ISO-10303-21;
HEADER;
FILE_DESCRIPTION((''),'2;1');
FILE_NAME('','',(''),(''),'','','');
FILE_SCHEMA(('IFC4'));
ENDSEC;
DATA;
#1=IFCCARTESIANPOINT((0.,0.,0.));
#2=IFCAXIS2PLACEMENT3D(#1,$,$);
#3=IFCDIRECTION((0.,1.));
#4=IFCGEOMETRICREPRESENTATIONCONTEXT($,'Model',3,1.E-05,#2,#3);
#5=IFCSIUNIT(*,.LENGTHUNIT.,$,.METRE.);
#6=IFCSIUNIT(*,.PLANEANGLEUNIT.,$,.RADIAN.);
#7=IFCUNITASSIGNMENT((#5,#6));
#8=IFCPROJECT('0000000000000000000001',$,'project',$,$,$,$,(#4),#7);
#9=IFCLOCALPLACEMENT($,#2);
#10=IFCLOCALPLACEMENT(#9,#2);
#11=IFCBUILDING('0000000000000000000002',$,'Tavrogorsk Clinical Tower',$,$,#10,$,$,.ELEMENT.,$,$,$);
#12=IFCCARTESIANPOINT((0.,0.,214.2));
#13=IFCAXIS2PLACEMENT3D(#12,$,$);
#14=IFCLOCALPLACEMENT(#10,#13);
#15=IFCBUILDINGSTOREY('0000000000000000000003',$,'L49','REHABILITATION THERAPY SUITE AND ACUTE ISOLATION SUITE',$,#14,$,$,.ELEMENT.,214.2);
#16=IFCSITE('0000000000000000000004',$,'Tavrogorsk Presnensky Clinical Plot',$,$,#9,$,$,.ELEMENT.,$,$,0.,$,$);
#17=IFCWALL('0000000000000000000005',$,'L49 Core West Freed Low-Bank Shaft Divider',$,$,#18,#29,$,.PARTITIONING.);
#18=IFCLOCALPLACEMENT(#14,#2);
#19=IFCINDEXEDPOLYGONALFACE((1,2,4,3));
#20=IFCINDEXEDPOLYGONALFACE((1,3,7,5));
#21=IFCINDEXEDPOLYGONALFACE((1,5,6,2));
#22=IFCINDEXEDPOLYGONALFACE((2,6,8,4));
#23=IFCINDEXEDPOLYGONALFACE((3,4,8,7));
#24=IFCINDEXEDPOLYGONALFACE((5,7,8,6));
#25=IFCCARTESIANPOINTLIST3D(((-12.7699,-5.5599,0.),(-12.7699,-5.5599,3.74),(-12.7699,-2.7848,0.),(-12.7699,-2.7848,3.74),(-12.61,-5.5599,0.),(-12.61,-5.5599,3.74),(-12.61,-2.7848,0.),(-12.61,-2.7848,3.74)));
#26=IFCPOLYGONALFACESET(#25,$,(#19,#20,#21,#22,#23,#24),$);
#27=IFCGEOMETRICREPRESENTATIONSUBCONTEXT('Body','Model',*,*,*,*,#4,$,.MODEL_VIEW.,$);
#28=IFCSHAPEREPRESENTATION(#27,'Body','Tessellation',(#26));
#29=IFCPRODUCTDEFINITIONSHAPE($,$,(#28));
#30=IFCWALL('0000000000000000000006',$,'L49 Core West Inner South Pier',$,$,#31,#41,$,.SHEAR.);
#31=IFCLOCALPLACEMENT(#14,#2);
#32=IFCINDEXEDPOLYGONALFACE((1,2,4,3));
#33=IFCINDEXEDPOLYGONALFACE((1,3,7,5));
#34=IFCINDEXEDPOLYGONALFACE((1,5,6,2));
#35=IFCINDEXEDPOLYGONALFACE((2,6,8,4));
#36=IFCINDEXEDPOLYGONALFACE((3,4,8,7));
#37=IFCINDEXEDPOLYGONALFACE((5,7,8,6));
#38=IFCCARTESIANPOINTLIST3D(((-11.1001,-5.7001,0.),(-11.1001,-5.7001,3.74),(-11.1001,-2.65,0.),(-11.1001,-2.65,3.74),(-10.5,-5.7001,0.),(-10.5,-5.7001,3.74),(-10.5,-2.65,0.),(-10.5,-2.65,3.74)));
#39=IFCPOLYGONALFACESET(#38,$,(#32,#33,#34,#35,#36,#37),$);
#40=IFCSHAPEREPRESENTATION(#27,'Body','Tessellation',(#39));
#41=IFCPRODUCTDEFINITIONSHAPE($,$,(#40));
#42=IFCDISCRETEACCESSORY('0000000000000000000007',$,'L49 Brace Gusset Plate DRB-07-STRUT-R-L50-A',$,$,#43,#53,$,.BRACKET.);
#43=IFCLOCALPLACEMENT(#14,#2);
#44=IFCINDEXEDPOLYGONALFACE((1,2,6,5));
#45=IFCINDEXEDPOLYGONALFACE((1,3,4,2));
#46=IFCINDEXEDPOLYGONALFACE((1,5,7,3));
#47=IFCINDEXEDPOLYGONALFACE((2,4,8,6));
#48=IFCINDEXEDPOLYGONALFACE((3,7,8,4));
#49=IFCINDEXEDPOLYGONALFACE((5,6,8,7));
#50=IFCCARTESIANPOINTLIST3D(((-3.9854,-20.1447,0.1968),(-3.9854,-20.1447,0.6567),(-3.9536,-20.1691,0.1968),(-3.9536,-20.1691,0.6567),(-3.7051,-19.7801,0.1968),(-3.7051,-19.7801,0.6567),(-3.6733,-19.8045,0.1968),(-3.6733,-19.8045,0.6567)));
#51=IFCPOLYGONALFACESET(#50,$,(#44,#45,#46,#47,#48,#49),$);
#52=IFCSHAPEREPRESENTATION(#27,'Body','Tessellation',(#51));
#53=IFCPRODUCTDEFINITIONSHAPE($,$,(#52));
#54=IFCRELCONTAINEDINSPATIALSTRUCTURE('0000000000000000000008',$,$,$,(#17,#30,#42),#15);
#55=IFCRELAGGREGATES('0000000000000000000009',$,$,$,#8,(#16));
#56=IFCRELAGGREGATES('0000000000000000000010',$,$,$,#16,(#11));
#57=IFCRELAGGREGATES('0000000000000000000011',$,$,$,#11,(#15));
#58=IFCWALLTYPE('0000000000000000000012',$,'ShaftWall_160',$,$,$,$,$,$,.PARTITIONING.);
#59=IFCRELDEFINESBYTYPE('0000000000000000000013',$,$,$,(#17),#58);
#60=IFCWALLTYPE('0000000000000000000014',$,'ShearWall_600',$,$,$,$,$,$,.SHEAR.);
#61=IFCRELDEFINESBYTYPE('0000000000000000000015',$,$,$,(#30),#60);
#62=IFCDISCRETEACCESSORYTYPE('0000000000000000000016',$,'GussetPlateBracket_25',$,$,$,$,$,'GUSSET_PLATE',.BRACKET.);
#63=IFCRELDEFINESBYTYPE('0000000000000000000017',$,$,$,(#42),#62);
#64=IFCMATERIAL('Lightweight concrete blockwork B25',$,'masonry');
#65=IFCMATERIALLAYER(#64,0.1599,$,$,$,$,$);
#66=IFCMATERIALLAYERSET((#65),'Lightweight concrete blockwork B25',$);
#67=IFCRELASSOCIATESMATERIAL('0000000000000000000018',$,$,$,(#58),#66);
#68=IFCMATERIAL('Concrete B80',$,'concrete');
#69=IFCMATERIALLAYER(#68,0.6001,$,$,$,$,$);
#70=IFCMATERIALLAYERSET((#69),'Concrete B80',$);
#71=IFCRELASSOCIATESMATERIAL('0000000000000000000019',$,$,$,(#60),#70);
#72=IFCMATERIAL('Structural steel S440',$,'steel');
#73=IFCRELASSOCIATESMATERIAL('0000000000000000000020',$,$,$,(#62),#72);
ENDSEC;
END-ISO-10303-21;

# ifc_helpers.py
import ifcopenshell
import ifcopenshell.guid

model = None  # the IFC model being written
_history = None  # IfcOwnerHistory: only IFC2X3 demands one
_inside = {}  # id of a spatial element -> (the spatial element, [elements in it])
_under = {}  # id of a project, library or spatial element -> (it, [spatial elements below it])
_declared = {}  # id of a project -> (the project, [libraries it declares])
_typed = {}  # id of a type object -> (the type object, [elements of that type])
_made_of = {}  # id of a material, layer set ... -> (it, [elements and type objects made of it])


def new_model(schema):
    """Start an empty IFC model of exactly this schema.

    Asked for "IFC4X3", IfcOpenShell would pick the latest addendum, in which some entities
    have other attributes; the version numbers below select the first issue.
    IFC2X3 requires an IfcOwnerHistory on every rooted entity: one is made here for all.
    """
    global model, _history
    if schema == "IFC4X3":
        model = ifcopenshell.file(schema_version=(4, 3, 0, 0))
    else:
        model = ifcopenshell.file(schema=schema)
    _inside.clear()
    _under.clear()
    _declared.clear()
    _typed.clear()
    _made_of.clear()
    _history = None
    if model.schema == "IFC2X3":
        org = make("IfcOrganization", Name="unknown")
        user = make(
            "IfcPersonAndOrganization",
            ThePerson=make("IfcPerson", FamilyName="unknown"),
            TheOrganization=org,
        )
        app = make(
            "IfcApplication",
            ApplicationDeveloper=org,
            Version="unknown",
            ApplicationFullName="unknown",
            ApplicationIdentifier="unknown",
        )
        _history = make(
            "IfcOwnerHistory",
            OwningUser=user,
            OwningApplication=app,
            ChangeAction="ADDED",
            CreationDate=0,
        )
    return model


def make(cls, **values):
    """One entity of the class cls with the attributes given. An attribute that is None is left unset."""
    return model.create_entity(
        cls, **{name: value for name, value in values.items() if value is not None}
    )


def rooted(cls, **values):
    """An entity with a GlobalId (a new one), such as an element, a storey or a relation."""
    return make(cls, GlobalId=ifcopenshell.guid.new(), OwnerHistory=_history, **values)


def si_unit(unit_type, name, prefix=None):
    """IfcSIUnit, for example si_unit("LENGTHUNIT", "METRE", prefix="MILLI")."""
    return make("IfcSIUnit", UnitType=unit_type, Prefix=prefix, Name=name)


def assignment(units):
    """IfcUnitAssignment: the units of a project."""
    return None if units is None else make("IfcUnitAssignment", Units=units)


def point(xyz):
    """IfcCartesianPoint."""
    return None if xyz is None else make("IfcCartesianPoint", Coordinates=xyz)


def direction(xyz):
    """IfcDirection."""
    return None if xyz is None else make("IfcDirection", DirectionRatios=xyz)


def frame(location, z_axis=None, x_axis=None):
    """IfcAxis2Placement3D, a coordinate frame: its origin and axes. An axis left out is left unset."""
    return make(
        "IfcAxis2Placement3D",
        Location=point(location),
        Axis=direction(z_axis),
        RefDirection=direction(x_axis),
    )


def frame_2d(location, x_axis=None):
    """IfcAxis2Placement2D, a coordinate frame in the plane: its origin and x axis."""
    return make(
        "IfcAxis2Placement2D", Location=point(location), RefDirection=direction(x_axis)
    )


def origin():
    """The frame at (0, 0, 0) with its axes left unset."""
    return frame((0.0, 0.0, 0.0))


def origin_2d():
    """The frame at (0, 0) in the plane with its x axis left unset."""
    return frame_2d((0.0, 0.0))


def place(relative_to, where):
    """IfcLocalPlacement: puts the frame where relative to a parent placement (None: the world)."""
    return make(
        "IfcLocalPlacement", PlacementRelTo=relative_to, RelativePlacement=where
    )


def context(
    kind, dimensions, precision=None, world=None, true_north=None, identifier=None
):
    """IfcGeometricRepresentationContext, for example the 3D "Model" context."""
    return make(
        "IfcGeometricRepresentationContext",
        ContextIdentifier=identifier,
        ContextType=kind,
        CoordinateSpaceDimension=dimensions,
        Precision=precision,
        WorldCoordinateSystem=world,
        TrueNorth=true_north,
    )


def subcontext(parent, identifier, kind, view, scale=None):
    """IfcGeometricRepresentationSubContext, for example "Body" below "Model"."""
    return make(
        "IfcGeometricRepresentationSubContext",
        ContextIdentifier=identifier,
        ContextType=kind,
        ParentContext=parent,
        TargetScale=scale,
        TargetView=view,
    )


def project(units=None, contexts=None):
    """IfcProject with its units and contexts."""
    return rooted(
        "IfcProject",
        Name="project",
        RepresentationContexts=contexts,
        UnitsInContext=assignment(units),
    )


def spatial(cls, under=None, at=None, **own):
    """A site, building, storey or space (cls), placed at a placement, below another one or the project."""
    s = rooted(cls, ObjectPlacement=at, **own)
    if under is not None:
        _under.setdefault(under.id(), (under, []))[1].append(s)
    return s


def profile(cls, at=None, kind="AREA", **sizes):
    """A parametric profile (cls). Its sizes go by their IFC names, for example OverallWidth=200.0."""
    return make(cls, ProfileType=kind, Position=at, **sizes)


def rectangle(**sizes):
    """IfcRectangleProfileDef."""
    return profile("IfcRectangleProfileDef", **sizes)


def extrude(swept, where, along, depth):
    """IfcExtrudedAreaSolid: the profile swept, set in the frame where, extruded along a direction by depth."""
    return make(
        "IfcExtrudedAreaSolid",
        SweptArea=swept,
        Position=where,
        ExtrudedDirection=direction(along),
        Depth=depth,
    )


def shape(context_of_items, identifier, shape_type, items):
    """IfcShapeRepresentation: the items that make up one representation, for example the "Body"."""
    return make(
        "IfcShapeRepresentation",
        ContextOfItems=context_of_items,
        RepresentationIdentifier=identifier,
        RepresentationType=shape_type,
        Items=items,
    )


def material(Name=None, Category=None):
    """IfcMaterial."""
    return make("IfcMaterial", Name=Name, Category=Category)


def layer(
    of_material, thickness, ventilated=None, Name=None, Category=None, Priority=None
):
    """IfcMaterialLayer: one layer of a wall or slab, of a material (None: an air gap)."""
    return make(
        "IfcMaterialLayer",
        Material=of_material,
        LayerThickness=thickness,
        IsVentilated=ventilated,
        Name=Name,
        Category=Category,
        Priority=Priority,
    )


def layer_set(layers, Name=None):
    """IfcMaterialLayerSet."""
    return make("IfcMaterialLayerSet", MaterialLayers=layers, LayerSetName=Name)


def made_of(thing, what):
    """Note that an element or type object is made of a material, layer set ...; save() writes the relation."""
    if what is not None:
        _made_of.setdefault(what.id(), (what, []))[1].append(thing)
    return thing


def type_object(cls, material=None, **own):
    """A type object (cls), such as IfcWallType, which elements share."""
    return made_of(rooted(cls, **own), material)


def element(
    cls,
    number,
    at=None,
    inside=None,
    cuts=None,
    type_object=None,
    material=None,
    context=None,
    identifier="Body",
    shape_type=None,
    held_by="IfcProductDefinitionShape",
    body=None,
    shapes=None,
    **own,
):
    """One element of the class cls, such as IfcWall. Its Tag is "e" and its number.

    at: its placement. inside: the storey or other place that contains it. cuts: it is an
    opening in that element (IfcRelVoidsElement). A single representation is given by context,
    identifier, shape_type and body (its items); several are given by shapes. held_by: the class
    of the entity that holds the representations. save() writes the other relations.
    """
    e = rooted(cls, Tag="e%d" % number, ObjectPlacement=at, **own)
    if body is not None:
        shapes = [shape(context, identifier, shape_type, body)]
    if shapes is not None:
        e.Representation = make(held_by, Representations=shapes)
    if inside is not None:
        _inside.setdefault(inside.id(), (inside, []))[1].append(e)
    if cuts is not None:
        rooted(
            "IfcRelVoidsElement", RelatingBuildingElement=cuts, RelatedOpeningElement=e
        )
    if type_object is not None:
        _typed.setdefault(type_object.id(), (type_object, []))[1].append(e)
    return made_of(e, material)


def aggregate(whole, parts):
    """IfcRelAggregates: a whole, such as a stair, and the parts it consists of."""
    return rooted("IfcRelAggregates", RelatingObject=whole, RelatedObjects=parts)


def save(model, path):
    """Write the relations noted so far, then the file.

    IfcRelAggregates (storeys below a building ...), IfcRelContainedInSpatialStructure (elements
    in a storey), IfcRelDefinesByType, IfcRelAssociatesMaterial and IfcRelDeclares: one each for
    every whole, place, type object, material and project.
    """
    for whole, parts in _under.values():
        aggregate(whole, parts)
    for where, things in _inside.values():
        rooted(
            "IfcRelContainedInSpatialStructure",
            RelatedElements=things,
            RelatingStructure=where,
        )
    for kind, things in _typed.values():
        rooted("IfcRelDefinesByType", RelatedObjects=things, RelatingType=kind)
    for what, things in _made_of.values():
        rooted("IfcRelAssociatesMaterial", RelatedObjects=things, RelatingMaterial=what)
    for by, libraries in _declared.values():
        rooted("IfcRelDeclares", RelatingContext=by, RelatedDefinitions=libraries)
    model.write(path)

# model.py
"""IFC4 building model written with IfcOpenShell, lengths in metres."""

from ifc_helpers import new_model, si_unit, direction, frame, frame_2d, origin, origin_2d, place, context, subcontext, project, spatial, rectangle, extrude, material, layer, layer_set, type_object, element, save


model = new_model("IFC4")

# Units and contexts
model_context = context("Model", 3, precision=1e-05, world=origin(), true_north=direction((0.0, 1.0)))
body_context = subcontext(model_context, "Body", "Model", "MODEL_VIEW")
ifc_project = project(units=[si_unit("LENGTHUNIT", "METRE"), si_unit("PLANEANGLEUNIT", "RADIAN")], contexts=[model_context])

# Site, building, storey
site_placement = place(None, origin())
site = spatial("IfcSite", under=ifc_project, at=site_placement, Name="Tavrogorsk Presnensky Clinical Plot", CompositionType="ELEMENT", RefElevation=0.0)
building_placement = place(site_placement, origin())
building = spatial("IfcBuilding", under=site, at=building_placement, Name="Tavrogorsk Clinical Tower", CompositionType="ELEMENT")
storey_placement = place(building_placement, frame((0.0, 0.0, 214.2)))
storey = spatial("IfcBuildingStorey", under=building, at=storey_placement, Name="L49", Description="REHABILITATION THERAPY SUITE AND ACUTE ISOLATION SUITE", CompositionType="ELEMENT", Elevation=214.2)

# Shared definitions
ifc_material_1 = material(Name="Lightweight concrete blockwork B25", Category="masonry")
ifc_layer_1 = layer(ifc_material_1, 0.1599)
ifc_layer_set_1 = layer_set([ifc_layer_1], Name="Lightweight concrete blockwork B25")
wall_type_1 = type_object("IfcWallType", Name="ShaftWall_160", PredefinedType="PARTITIONING", material=ifc_layer_set_1)

# Walls
wall_1_placement = place(storey_placement, frame((-12.6899, -5.5601, 0.0), z_axis=(0.0, 0.0, 1.0), x_axis=(0.0, 1.0, 0.0)))
element("IfcWall", 1, at=wall_1_placement, inside=storey, type_object=wall_type_1, Name="L49 Core West Freed Low-Bank Shaft Divider", PredefinedType="PARTITIONING", context=body_context, shape_type="SweptSolid", body=[
    extrude(rectangle(XDim=2.7751, YDim=0.1599, at=frame_2d((1.3877, 0.0))), origin(), (0.0, 0.0, 1.0), 3.74),
])
ifc_material_2 = material(Name="Concrete B80", Category="concrete")
ifc_layer_2 = layer(ifc_material_2, 0.6001)
ifc_layer_set_2 = layer_set([ifc_layer_2], Name="Concrete B80")
wall_type_2 = type_object("IfcWallType", Name="ShearWall_600", PredefinedType="SHEAR", material=ifc_layer_set_2)
wall_2_placement = place(storey_placement, frame((-10.8, -5.7, 0.0), z_axis=(0.0, 0.0, 1.0), x_axis=(0.0, 1.0, 0.0)))
element("IfcWall", 2, at=wall_2_placement, inside=storey, type_object=wall_type_2, Name="L49 Core West Inner South Pier", PredefinedType="SHEAR", context=body_context, shape_type="SweptSolid", body=[
    extrude(rectangle(XDim=3.05, YDim=0.6001, at=frame_2d((1.5249, 0.0))), origin(), (0.0, 0.0, 1.0), 3.74),
])

# Discrete accessory
ifc_material_3 = material(Name="Structural steel S440", Category="steel")
discrete_accessory_type = type_object("IfcDiscreteAccessoryType", Name="GussetPlateBracket_25", ElementType="GUSSET_PLATE", PredefinedType="BRACKET", material=ifc_material_3)
discrete_accessory_placement = place(storey_placement, frame((-3.8293, -19.9746, 0.1968), z_axis=(0.0, 0.0, 1.0), x_axis=(-0.609454, -0.792822, 0.0)))
element("IfcDiscreteAccessory", 3, at=discrete_accessory_placement, inside=storey, type_object=discrete_accessory_type, Name="L49 Brace Gusset Plate DRB-07-STRUT-R-L50-A", PredefinedType="BRACKET", context=body_context, shape_type="SweptSolid", body=[
    extrude(rectangle(XDim=0.46, YDim=0.04, at=origin_2d()), origin(), (0.0, 0.0, 1.0), 0.46),
])

save(model, "model.ifc")
